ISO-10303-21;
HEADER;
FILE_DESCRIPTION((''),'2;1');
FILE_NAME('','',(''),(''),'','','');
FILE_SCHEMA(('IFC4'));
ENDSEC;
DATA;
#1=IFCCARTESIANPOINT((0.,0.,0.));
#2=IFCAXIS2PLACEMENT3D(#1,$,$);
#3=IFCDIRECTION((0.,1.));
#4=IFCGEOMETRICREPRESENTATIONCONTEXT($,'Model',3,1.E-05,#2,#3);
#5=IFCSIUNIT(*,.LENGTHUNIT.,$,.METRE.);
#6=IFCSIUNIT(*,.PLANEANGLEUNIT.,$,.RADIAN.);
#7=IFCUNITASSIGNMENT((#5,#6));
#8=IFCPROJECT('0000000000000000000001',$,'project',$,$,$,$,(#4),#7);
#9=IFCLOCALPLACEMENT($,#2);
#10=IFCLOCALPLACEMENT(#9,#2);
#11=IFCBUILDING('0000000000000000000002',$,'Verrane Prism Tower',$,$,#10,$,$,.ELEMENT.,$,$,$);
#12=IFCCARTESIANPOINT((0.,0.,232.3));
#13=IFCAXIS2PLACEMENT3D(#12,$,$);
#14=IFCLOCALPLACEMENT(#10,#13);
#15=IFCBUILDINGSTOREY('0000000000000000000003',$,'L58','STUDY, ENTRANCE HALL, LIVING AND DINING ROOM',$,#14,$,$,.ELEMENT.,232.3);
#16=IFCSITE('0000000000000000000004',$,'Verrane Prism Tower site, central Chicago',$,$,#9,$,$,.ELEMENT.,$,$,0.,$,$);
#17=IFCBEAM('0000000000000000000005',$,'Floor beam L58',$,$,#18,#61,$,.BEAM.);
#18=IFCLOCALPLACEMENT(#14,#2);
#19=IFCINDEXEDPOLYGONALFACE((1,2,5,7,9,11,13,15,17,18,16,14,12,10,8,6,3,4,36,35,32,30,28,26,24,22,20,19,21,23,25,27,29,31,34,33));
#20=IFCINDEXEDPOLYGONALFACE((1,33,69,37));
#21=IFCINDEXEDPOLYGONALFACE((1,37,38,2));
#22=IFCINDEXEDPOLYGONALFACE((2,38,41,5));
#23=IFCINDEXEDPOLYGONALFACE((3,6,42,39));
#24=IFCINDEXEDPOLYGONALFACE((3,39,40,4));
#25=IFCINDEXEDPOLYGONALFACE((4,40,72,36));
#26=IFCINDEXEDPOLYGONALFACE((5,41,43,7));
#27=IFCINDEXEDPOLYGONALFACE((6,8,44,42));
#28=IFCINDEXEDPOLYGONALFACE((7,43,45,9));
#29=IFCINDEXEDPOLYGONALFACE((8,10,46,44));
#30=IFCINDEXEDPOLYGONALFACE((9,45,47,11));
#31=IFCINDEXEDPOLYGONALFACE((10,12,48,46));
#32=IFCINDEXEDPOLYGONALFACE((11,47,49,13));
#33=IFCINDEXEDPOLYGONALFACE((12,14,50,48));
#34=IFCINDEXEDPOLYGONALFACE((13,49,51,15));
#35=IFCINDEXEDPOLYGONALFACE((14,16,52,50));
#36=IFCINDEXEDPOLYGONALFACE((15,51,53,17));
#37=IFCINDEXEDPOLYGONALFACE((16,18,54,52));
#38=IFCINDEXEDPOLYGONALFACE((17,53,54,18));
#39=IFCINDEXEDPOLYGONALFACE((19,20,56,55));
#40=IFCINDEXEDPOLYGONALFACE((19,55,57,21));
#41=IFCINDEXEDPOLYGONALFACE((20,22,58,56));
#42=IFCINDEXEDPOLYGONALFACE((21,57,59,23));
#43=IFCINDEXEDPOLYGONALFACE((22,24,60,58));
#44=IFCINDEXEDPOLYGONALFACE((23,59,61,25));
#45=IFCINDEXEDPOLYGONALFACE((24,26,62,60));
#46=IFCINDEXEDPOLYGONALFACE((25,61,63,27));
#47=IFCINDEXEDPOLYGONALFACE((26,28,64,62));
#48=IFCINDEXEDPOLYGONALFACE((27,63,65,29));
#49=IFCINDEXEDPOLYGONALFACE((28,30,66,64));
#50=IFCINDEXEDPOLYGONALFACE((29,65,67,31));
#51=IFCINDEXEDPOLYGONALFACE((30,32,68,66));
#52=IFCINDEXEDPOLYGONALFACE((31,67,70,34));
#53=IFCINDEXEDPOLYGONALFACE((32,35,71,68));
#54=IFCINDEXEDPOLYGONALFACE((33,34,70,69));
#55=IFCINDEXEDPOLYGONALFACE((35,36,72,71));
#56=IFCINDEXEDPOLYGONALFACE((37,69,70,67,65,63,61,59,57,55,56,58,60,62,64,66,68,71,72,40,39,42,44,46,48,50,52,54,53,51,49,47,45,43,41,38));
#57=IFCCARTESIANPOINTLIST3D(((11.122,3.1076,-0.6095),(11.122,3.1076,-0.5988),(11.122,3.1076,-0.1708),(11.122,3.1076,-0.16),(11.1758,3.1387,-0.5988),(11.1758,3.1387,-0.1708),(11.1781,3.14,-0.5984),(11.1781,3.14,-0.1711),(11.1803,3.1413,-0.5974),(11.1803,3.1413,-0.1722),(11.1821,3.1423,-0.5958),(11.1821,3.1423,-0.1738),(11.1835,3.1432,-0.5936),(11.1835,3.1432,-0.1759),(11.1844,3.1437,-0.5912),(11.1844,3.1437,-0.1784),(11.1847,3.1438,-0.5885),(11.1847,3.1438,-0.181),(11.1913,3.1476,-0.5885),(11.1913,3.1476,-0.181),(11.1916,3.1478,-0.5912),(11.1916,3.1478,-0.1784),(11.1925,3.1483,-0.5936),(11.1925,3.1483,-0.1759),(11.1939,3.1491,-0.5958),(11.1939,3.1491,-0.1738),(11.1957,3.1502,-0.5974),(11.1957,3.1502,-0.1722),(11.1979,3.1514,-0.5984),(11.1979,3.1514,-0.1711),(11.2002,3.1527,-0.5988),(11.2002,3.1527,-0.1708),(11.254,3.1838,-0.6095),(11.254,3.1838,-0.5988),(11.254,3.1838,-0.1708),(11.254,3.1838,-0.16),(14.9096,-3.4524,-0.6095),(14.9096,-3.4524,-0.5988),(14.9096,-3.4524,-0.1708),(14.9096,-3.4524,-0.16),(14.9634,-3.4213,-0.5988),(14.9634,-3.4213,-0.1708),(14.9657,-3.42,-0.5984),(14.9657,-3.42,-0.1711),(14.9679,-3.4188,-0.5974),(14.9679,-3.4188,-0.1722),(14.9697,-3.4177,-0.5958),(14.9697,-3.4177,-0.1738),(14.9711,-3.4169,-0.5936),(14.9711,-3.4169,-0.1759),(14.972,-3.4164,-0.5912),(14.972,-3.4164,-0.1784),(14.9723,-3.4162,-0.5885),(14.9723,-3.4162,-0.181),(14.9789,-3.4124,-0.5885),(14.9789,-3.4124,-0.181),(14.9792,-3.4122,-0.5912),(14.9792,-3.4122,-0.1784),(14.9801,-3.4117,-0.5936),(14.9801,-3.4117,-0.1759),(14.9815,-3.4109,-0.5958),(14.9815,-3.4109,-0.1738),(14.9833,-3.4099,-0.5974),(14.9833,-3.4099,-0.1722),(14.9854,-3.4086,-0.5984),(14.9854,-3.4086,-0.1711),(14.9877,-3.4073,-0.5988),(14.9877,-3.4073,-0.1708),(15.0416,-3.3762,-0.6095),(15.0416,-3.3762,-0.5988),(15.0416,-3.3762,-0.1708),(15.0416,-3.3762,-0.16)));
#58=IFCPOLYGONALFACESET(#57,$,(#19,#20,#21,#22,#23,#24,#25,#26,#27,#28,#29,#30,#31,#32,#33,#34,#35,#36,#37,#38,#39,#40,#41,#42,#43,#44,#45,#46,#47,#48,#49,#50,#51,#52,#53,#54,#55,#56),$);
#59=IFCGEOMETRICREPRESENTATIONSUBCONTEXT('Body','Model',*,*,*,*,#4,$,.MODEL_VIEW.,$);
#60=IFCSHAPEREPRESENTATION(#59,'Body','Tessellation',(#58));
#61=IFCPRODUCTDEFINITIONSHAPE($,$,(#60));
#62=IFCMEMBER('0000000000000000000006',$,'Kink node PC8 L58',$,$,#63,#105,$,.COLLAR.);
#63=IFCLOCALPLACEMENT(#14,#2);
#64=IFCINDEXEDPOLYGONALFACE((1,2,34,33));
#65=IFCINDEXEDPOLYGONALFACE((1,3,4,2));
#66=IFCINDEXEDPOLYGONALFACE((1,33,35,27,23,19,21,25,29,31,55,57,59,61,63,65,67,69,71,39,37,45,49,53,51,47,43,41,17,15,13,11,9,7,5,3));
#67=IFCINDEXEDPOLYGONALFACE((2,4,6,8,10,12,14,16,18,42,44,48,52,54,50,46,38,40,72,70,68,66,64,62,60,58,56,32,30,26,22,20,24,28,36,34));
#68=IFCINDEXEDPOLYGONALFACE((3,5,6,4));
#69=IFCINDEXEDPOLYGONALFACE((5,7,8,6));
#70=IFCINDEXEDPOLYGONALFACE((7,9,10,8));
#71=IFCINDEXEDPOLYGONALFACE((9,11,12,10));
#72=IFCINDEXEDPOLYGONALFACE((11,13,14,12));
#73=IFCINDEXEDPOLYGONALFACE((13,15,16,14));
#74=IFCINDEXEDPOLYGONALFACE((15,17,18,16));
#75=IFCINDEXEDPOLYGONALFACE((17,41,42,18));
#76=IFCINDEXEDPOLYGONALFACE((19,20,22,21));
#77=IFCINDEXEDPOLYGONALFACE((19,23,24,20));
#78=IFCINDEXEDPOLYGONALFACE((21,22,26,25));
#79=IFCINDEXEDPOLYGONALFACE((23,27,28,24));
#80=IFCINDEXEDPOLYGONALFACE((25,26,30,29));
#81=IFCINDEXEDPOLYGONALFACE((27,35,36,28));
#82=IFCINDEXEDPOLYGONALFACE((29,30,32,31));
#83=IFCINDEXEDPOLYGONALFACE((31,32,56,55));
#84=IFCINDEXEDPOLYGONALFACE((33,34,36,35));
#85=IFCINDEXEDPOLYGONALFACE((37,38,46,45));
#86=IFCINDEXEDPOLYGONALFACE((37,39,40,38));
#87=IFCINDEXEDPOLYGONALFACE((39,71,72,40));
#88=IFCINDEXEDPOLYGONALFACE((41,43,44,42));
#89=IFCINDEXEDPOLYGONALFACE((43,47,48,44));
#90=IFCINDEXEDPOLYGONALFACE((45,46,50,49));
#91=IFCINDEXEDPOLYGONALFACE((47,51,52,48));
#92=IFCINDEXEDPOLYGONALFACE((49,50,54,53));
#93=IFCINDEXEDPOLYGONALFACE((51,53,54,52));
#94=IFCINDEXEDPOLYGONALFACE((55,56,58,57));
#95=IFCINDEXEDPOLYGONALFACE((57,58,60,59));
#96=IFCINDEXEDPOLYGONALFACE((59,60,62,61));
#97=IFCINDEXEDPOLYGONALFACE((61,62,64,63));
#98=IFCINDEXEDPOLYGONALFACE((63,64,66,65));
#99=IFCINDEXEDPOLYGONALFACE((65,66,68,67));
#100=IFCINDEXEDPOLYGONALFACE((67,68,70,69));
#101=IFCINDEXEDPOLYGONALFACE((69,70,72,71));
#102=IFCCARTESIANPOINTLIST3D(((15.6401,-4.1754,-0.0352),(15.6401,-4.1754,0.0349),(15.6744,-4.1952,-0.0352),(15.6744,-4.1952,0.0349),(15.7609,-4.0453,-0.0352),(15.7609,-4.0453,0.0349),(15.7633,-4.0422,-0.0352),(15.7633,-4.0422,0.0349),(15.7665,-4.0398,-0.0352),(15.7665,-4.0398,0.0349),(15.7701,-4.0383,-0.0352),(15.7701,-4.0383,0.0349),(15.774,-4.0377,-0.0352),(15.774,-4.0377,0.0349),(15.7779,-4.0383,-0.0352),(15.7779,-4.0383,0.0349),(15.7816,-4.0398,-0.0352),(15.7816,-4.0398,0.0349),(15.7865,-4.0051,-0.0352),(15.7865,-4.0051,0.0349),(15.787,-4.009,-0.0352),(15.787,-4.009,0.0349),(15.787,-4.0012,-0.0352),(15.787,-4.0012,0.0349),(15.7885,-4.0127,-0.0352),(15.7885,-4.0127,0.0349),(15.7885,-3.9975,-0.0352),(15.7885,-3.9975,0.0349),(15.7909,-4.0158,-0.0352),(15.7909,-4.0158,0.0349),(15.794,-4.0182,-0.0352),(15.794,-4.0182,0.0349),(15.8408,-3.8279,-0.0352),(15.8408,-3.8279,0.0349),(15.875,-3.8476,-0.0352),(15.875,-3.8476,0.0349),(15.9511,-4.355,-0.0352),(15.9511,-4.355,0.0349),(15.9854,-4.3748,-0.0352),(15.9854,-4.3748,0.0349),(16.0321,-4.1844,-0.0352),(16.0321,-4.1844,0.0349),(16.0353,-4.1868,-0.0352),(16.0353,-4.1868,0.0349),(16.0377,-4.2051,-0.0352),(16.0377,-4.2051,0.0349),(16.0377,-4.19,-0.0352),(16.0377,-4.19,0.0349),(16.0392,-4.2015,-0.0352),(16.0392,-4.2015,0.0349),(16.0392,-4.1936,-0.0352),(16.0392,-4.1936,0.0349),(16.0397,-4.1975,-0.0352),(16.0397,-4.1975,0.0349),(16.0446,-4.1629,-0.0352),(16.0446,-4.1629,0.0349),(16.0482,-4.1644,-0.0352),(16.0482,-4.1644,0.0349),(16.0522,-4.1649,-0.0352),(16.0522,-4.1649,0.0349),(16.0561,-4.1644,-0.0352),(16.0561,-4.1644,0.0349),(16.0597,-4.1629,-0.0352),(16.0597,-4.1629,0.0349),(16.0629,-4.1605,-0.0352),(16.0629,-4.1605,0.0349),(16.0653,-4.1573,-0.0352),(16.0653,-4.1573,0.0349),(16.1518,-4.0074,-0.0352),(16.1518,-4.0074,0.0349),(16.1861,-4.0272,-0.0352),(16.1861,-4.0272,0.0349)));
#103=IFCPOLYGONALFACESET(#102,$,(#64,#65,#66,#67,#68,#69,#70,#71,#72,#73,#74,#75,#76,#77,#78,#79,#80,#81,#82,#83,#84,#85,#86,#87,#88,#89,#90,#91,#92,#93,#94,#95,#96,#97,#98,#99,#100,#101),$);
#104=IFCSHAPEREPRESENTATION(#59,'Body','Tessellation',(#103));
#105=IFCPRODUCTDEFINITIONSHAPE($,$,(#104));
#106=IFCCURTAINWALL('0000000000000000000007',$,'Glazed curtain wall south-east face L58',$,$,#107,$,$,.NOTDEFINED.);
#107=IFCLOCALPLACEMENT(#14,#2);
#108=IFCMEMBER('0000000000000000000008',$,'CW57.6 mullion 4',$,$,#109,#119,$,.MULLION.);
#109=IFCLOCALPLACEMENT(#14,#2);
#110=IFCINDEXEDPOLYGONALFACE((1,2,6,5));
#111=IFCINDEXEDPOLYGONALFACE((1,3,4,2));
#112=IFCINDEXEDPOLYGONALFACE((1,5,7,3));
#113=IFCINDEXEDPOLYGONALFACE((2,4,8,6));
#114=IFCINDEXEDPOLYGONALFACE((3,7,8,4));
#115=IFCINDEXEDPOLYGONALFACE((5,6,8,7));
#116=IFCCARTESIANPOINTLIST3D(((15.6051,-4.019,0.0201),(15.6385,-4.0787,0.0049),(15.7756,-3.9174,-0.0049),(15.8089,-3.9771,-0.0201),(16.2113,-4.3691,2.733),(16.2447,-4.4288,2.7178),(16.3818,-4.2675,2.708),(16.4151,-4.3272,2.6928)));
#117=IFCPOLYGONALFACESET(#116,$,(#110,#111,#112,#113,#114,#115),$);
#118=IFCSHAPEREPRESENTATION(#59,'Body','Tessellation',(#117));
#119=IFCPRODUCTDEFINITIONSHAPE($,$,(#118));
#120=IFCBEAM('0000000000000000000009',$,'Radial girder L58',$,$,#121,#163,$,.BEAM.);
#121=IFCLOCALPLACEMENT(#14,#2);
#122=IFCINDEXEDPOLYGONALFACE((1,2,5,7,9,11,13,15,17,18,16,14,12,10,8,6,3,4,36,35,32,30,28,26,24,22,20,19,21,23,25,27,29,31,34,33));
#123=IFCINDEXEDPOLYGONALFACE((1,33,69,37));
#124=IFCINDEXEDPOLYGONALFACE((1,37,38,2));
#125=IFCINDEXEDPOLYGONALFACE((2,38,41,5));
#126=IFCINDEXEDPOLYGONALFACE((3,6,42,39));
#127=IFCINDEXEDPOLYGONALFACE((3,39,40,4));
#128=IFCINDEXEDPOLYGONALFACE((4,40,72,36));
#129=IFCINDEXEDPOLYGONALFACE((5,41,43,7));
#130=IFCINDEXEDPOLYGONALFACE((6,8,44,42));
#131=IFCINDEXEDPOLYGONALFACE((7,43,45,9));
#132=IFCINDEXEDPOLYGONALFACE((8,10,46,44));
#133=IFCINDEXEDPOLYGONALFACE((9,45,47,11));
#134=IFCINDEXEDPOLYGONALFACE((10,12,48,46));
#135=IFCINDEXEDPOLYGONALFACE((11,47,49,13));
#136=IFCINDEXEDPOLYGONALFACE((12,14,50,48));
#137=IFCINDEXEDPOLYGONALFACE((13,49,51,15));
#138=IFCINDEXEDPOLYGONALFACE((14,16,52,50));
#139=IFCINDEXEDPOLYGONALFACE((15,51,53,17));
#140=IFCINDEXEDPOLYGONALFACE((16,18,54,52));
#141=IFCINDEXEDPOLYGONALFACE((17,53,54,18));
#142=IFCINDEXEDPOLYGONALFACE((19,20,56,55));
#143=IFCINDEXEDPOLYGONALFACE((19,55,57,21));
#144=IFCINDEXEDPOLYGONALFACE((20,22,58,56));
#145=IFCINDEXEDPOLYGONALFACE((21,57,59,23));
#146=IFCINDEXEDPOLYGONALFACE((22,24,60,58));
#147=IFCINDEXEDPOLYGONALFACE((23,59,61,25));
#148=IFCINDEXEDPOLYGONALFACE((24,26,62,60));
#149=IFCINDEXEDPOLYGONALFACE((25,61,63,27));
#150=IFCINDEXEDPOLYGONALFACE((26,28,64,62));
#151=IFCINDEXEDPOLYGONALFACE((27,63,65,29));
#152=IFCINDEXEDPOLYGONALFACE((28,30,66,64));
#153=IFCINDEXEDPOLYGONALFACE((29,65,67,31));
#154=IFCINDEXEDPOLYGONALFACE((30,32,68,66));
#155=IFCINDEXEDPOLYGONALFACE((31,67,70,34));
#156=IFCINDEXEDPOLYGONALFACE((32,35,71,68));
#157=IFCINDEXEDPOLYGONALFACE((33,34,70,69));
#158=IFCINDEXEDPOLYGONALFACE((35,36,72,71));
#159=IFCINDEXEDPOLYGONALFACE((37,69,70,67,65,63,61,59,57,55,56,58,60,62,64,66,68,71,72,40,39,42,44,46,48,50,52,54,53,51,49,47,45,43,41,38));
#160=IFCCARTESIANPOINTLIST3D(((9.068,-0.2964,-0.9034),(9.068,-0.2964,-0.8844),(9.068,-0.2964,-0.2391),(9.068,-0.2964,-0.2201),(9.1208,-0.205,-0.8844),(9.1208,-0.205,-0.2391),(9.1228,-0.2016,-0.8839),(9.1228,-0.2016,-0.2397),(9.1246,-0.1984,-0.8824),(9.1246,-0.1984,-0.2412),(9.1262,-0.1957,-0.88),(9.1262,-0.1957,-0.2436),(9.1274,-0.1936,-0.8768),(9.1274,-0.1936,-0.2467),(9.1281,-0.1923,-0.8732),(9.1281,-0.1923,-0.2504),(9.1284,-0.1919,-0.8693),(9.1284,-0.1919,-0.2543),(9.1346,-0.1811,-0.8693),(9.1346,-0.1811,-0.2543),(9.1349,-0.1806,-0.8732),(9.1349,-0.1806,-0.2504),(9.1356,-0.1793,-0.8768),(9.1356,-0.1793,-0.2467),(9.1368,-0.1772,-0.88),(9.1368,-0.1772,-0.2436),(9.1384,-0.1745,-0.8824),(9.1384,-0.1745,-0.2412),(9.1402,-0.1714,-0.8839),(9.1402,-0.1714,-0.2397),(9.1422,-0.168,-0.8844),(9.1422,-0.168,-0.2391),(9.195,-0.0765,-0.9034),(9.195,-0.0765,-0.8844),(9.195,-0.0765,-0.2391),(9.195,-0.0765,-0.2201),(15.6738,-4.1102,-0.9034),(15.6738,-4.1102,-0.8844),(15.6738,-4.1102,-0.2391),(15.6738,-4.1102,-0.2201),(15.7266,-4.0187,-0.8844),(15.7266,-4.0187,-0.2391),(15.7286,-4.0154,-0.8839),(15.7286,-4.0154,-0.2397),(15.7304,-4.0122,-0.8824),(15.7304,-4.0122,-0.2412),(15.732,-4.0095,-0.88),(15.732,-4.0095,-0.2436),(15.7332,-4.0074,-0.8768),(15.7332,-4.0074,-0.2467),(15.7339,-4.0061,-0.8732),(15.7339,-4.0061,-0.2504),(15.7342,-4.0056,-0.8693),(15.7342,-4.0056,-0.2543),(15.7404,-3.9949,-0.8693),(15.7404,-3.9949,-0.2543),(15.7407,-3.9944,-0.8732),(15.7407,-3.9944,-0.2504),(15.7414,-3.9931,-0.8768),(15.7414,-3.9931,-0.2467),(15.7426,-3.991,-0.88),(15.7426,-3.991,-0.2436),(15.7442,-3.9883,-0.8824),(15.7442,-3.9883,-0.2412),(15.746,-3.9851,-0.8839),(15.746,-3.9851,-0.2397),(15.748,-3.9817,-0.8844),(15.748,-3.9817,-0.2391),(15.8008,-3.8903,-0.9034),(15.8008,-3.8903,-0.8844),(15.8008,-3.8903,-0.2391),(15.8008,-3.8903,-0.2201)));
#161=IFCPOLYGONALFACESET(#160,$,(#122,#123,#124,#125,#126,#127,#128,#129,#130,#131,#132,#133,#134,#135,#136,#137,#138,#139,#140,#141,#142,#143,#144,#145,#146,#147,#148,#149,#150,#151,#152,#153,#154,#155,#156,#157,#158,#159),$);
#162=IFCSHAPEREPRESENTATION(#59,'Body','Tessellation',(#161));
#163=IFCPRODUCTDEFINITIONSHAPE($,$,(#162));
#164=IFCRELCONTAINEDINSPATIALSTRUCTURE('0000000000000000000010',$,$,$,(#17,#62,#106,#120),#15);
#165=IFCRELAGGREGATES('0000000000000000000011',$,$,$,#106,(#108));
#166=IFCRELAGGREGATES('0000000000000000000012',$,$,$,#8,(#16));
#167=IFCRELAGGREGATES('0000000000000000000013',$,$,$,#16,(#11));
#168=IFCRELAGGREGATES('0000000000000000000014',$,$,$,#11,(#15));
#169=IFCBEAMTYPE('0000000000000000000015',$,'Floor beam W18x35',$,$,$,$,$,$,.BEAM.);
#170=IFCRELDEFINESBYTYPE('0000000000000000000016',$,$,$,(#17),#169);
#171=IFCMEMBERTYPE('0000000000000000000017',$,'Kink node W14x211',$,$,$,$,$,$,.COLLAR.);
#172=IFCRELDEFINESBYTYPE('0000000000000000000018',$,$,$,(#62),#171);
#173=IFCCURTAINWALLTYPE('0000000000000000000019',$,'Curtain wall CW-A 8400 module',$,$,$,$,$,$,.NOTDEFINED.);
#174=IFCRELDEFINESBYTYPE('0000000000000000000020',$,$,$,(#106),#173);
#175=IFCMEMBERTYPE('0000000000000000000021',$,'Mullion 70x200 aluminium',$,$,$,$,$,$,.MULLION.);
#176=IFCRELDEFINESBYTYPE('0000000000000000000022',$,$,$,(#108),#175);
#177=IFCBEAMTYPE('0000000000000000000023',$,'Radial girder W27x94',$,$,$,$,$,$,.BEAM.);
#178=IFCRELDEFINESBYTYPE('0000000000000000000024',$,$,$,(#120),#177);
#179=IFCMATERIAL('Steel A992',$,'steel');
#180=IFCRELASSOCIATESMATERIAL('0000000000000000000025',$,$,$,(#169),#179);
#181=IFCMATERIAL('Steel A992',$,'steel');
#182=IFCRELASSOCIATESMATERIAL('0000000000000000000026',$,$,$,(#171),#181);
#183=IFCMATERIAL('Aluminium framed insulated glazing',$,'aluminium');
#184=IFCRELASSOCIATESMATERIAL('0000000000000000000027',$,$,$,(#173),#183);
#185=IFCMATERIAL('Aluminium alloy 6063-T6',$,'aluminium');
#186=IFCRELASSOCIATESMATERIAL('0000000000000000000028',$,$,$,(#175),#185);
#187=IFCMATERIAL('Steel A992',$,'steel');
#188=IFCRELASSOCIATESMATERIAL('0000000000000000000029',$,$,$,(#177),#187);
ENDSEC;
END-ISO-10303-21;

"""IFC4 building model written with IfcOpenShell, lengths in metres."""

from ifc_helpers import new_model, si_unit, direction, frame, origin, origin_2d, place, context, subcontext, project, spatial, rectangle, i_section, extrude, material, material_profile, profile_set, type_object, element, aggregate, save


model = new_model("IFC4")

# Units and contexts
model_context = context("Model", 3, precision=1e-05, world=origin(), true_north=direction((0.0, 1.0)))
body_context = subcontext(model_context, "Body", "Model", "MODEL_VIEW")
ifc_project = project(units=[si_unit("LENGTHUNIT", "METRE"), si_unit("PLANEANGLEUNIT", "RADIAN")], contexts=[model_context])

# Site, building, storey
site_placement = place(None, origin())
site = spatial("IfcSite", under=ifc_project, at=site_placement, Name="Verrane Prism Tower site, central Chicago", CompositionType="ELEMENT", RefElevation=0.0)
building_placement = place(site_placement, origin())
building = spatial("IfcBuilding", under=site, at=building_placement, Name="Verrane Prism Tower", CompositionType="ELEMENT")
storey_placement = place(building_placement, frame((0.0, 0.0, 232.3)))
storey = spatial("IfcBuildingStorey", under=building, at=storey_placement, Name="L58", Description="STUDY, ENTRANCE HALL, LIVING AND DINING ROOM", CompositionType="ELEMENT", Elevation=232.3)

# Beam
ifc_material_1 = material(Name="Steel A992", Category="steel")
ifc_material_profile_1 = material_profile(ifc_material_1, i_section(OverallWidth=0.1523, OverallDepth=0.4495, WebThickness=0.0076, FlangeThickness=0.0107, FilletRadius=0.0103, at=origin_2d()), Name="W18x35")
ifc_profile_set_1 = profile_set([ifc_material_profile_1], Name="Steel A992")
beam_type_1 = type_object("IfcBeamType", Name="Floor beam W18x35", PredefinedType="BEAM", material=ifc_profile_set_1)
beam_1_placement = place(storey_placement, frame((14.9756, -3.4143, -0.3848), z_axis=(-0.500014, 0.866017, 0.0), x_axis=(-0.866017, -0.500014, 0.0)))
element("IfcBeam", 1, at=beam_1_placement, inside=storey, type_object=beam_type_1, Name="Floor beam L58", PredefinedType="BEAM", context=body_context, shape_type="SweptSolid", body=[
    extrude(i_section(OverallWidth=0.1523, OverallDepth=0.4495, WebThickness=0.0076, FlangeThickness=0.0107, FilletRadius=0.0103, at=origin_2d()), origin(), (0.0, 0.0, 1.0), 7.575),
])

# Member
ifc_material_2 = material(Name="Steel A992", Category="steel")
ifc_material_profile_2 = material_profile(ifc_material_2, i_section(OverallWidth=0.4014, OverallDepth=0.3987, WebThickness=0.0249, FlangeThickness=0.0396, FilletRadius=0.0151, at=origin_2d()), Name="W14x211")
ifc_profile_set_2 = profile_set([ifc_material_profile_2], Name="Steel A992")
member_type_1 = type_object("IfcMemberType", Name="Kink node W14x211", PredefinedType="COLLAR", material=ifc_profile_set_2)
member_1_placement = place(storey_placement, frame((15.9131, -4.1013, -0.0352), z_axis=(0.0, 0.0, 1.0), x_axis=(-0.5, -0.866025, 0.0)))
element("IfcMember", 2, at=member_1_placement, inside=storey, type_object=member_type_1, Name="Kink node PC8 L58", PredefinedType="COLLAR", context=body_context, shape_type="SweptSolid", body=[
    extrude(i_section(OverallWidth=0.4014, OverallDepth=0.3987, WebThickness=0.0249, FlangeThickness=0.0396, FilletRadius=0.0151, at=origin_2d()), origin(), (0.0, 0.0, 1.0), 0.0701),
])

# Curtain wall, member
ifc_material_3 = material(Name="Aluminium framed insulated glazing", Category="aluminium")
curtain_wall_type = type_object("IfcCurtainWallType", Name="Curtain wall CW-A 8400 module", PredefinedType="NOTDEFINED", material=ifc_material_3)
curtain_wall_placement = place(storey_placement, origin())
curtain_wall = element("IfcCurtainWall", 3, at=curtain_wall_placement, inside=storey, type_object=curtain_wall_type, Name="Glazed curtain wall south-east face L58", PredefinedType="NOTDEFINED")
ifc_material_4 = material(Name="Aluminium alloy 6063-T6", Category="aluminium")
ifc_material_profile_3 = material_profile(ifc_material_4, rectangle(XDim=0.2, YDim=0.0701, at=origin_2d()), Name="Mullion 70x200 aluminium")
ifc_profile_set_3 = profile_set([ifc_material_profile_3], Name="Aluminium alloy 6063-T6")
member_type_2 = type_object("IfcMemberType", Name="Mullion 70x200 aluminium", PredefinedType="MULLION", material=ifc_profile_set_3)
member_2_placement = place(storey_placement, frame((15.707, -3.998, 0.0), z_axis=(0.216365, -0.124957, 0.968283), x_axis=(-0.852359, -0.507815, 0.124928)))
member_2 = element("IfcMember", 4, at=member_2_placement, type_object=member_type_2, Name="CW57.6 mullion 4", PredefinedType="MULLION", context=body_context, shape_type="SweptSolid", body=[
    extrude(rectangle(XDim=0.2, YDim=0.0701, at=origin_2d()), origin(), (0.0, 0.0, 1.0), 2.8018),
])

# Beam
ifc_material_5 = material(Name="Steel A992", Category="steel")
ifc_material_profile_4 = material_profile(ifc_material_5, i_section(OverallWidth=0.2539, OverallDepth=0.6833, WebThickness=0.0125, FlangeThickness=0.019, FilletRadius=0.0151, at=origin_2d()), Name="W27x94")
ifc_profile_set_4 = profile_set([ifc_material_profile_4], Name="Steel A992")
beam_type_2 = type_object("IfcBeamType", Name="Radial girder W27x94", PredefinedType="BEAM", material=ifc_profile_set_4)
beam_2_placement = place(storey_placement, frame((15.7373, -4.0002, -0.5618), z_axis=(-0.86603, 0.499991, 0.0), x_axis=(-0.499991, -0.86603, 0.0)))
element("IfcBeam", 5, at=beam_2_placement, inside=storey, type_object=beam_type_2, Name="Radial girder L58", PredefinedType="BEAM", context=body_context, shape_type="SweptSolid", body=[
    extrude(i_section(OverallWidth=0.2539, OverallDepth=0.6833, WebThickness=0.0125, FlangeThickness=0.019, FilletRadius=0.0151, at=origin_2d()), origin(), (0.0, 0.0, 1.0), 7.6277),
])

aggregate(curtain_wall, [member_2])

save(model, "model.ifc")
